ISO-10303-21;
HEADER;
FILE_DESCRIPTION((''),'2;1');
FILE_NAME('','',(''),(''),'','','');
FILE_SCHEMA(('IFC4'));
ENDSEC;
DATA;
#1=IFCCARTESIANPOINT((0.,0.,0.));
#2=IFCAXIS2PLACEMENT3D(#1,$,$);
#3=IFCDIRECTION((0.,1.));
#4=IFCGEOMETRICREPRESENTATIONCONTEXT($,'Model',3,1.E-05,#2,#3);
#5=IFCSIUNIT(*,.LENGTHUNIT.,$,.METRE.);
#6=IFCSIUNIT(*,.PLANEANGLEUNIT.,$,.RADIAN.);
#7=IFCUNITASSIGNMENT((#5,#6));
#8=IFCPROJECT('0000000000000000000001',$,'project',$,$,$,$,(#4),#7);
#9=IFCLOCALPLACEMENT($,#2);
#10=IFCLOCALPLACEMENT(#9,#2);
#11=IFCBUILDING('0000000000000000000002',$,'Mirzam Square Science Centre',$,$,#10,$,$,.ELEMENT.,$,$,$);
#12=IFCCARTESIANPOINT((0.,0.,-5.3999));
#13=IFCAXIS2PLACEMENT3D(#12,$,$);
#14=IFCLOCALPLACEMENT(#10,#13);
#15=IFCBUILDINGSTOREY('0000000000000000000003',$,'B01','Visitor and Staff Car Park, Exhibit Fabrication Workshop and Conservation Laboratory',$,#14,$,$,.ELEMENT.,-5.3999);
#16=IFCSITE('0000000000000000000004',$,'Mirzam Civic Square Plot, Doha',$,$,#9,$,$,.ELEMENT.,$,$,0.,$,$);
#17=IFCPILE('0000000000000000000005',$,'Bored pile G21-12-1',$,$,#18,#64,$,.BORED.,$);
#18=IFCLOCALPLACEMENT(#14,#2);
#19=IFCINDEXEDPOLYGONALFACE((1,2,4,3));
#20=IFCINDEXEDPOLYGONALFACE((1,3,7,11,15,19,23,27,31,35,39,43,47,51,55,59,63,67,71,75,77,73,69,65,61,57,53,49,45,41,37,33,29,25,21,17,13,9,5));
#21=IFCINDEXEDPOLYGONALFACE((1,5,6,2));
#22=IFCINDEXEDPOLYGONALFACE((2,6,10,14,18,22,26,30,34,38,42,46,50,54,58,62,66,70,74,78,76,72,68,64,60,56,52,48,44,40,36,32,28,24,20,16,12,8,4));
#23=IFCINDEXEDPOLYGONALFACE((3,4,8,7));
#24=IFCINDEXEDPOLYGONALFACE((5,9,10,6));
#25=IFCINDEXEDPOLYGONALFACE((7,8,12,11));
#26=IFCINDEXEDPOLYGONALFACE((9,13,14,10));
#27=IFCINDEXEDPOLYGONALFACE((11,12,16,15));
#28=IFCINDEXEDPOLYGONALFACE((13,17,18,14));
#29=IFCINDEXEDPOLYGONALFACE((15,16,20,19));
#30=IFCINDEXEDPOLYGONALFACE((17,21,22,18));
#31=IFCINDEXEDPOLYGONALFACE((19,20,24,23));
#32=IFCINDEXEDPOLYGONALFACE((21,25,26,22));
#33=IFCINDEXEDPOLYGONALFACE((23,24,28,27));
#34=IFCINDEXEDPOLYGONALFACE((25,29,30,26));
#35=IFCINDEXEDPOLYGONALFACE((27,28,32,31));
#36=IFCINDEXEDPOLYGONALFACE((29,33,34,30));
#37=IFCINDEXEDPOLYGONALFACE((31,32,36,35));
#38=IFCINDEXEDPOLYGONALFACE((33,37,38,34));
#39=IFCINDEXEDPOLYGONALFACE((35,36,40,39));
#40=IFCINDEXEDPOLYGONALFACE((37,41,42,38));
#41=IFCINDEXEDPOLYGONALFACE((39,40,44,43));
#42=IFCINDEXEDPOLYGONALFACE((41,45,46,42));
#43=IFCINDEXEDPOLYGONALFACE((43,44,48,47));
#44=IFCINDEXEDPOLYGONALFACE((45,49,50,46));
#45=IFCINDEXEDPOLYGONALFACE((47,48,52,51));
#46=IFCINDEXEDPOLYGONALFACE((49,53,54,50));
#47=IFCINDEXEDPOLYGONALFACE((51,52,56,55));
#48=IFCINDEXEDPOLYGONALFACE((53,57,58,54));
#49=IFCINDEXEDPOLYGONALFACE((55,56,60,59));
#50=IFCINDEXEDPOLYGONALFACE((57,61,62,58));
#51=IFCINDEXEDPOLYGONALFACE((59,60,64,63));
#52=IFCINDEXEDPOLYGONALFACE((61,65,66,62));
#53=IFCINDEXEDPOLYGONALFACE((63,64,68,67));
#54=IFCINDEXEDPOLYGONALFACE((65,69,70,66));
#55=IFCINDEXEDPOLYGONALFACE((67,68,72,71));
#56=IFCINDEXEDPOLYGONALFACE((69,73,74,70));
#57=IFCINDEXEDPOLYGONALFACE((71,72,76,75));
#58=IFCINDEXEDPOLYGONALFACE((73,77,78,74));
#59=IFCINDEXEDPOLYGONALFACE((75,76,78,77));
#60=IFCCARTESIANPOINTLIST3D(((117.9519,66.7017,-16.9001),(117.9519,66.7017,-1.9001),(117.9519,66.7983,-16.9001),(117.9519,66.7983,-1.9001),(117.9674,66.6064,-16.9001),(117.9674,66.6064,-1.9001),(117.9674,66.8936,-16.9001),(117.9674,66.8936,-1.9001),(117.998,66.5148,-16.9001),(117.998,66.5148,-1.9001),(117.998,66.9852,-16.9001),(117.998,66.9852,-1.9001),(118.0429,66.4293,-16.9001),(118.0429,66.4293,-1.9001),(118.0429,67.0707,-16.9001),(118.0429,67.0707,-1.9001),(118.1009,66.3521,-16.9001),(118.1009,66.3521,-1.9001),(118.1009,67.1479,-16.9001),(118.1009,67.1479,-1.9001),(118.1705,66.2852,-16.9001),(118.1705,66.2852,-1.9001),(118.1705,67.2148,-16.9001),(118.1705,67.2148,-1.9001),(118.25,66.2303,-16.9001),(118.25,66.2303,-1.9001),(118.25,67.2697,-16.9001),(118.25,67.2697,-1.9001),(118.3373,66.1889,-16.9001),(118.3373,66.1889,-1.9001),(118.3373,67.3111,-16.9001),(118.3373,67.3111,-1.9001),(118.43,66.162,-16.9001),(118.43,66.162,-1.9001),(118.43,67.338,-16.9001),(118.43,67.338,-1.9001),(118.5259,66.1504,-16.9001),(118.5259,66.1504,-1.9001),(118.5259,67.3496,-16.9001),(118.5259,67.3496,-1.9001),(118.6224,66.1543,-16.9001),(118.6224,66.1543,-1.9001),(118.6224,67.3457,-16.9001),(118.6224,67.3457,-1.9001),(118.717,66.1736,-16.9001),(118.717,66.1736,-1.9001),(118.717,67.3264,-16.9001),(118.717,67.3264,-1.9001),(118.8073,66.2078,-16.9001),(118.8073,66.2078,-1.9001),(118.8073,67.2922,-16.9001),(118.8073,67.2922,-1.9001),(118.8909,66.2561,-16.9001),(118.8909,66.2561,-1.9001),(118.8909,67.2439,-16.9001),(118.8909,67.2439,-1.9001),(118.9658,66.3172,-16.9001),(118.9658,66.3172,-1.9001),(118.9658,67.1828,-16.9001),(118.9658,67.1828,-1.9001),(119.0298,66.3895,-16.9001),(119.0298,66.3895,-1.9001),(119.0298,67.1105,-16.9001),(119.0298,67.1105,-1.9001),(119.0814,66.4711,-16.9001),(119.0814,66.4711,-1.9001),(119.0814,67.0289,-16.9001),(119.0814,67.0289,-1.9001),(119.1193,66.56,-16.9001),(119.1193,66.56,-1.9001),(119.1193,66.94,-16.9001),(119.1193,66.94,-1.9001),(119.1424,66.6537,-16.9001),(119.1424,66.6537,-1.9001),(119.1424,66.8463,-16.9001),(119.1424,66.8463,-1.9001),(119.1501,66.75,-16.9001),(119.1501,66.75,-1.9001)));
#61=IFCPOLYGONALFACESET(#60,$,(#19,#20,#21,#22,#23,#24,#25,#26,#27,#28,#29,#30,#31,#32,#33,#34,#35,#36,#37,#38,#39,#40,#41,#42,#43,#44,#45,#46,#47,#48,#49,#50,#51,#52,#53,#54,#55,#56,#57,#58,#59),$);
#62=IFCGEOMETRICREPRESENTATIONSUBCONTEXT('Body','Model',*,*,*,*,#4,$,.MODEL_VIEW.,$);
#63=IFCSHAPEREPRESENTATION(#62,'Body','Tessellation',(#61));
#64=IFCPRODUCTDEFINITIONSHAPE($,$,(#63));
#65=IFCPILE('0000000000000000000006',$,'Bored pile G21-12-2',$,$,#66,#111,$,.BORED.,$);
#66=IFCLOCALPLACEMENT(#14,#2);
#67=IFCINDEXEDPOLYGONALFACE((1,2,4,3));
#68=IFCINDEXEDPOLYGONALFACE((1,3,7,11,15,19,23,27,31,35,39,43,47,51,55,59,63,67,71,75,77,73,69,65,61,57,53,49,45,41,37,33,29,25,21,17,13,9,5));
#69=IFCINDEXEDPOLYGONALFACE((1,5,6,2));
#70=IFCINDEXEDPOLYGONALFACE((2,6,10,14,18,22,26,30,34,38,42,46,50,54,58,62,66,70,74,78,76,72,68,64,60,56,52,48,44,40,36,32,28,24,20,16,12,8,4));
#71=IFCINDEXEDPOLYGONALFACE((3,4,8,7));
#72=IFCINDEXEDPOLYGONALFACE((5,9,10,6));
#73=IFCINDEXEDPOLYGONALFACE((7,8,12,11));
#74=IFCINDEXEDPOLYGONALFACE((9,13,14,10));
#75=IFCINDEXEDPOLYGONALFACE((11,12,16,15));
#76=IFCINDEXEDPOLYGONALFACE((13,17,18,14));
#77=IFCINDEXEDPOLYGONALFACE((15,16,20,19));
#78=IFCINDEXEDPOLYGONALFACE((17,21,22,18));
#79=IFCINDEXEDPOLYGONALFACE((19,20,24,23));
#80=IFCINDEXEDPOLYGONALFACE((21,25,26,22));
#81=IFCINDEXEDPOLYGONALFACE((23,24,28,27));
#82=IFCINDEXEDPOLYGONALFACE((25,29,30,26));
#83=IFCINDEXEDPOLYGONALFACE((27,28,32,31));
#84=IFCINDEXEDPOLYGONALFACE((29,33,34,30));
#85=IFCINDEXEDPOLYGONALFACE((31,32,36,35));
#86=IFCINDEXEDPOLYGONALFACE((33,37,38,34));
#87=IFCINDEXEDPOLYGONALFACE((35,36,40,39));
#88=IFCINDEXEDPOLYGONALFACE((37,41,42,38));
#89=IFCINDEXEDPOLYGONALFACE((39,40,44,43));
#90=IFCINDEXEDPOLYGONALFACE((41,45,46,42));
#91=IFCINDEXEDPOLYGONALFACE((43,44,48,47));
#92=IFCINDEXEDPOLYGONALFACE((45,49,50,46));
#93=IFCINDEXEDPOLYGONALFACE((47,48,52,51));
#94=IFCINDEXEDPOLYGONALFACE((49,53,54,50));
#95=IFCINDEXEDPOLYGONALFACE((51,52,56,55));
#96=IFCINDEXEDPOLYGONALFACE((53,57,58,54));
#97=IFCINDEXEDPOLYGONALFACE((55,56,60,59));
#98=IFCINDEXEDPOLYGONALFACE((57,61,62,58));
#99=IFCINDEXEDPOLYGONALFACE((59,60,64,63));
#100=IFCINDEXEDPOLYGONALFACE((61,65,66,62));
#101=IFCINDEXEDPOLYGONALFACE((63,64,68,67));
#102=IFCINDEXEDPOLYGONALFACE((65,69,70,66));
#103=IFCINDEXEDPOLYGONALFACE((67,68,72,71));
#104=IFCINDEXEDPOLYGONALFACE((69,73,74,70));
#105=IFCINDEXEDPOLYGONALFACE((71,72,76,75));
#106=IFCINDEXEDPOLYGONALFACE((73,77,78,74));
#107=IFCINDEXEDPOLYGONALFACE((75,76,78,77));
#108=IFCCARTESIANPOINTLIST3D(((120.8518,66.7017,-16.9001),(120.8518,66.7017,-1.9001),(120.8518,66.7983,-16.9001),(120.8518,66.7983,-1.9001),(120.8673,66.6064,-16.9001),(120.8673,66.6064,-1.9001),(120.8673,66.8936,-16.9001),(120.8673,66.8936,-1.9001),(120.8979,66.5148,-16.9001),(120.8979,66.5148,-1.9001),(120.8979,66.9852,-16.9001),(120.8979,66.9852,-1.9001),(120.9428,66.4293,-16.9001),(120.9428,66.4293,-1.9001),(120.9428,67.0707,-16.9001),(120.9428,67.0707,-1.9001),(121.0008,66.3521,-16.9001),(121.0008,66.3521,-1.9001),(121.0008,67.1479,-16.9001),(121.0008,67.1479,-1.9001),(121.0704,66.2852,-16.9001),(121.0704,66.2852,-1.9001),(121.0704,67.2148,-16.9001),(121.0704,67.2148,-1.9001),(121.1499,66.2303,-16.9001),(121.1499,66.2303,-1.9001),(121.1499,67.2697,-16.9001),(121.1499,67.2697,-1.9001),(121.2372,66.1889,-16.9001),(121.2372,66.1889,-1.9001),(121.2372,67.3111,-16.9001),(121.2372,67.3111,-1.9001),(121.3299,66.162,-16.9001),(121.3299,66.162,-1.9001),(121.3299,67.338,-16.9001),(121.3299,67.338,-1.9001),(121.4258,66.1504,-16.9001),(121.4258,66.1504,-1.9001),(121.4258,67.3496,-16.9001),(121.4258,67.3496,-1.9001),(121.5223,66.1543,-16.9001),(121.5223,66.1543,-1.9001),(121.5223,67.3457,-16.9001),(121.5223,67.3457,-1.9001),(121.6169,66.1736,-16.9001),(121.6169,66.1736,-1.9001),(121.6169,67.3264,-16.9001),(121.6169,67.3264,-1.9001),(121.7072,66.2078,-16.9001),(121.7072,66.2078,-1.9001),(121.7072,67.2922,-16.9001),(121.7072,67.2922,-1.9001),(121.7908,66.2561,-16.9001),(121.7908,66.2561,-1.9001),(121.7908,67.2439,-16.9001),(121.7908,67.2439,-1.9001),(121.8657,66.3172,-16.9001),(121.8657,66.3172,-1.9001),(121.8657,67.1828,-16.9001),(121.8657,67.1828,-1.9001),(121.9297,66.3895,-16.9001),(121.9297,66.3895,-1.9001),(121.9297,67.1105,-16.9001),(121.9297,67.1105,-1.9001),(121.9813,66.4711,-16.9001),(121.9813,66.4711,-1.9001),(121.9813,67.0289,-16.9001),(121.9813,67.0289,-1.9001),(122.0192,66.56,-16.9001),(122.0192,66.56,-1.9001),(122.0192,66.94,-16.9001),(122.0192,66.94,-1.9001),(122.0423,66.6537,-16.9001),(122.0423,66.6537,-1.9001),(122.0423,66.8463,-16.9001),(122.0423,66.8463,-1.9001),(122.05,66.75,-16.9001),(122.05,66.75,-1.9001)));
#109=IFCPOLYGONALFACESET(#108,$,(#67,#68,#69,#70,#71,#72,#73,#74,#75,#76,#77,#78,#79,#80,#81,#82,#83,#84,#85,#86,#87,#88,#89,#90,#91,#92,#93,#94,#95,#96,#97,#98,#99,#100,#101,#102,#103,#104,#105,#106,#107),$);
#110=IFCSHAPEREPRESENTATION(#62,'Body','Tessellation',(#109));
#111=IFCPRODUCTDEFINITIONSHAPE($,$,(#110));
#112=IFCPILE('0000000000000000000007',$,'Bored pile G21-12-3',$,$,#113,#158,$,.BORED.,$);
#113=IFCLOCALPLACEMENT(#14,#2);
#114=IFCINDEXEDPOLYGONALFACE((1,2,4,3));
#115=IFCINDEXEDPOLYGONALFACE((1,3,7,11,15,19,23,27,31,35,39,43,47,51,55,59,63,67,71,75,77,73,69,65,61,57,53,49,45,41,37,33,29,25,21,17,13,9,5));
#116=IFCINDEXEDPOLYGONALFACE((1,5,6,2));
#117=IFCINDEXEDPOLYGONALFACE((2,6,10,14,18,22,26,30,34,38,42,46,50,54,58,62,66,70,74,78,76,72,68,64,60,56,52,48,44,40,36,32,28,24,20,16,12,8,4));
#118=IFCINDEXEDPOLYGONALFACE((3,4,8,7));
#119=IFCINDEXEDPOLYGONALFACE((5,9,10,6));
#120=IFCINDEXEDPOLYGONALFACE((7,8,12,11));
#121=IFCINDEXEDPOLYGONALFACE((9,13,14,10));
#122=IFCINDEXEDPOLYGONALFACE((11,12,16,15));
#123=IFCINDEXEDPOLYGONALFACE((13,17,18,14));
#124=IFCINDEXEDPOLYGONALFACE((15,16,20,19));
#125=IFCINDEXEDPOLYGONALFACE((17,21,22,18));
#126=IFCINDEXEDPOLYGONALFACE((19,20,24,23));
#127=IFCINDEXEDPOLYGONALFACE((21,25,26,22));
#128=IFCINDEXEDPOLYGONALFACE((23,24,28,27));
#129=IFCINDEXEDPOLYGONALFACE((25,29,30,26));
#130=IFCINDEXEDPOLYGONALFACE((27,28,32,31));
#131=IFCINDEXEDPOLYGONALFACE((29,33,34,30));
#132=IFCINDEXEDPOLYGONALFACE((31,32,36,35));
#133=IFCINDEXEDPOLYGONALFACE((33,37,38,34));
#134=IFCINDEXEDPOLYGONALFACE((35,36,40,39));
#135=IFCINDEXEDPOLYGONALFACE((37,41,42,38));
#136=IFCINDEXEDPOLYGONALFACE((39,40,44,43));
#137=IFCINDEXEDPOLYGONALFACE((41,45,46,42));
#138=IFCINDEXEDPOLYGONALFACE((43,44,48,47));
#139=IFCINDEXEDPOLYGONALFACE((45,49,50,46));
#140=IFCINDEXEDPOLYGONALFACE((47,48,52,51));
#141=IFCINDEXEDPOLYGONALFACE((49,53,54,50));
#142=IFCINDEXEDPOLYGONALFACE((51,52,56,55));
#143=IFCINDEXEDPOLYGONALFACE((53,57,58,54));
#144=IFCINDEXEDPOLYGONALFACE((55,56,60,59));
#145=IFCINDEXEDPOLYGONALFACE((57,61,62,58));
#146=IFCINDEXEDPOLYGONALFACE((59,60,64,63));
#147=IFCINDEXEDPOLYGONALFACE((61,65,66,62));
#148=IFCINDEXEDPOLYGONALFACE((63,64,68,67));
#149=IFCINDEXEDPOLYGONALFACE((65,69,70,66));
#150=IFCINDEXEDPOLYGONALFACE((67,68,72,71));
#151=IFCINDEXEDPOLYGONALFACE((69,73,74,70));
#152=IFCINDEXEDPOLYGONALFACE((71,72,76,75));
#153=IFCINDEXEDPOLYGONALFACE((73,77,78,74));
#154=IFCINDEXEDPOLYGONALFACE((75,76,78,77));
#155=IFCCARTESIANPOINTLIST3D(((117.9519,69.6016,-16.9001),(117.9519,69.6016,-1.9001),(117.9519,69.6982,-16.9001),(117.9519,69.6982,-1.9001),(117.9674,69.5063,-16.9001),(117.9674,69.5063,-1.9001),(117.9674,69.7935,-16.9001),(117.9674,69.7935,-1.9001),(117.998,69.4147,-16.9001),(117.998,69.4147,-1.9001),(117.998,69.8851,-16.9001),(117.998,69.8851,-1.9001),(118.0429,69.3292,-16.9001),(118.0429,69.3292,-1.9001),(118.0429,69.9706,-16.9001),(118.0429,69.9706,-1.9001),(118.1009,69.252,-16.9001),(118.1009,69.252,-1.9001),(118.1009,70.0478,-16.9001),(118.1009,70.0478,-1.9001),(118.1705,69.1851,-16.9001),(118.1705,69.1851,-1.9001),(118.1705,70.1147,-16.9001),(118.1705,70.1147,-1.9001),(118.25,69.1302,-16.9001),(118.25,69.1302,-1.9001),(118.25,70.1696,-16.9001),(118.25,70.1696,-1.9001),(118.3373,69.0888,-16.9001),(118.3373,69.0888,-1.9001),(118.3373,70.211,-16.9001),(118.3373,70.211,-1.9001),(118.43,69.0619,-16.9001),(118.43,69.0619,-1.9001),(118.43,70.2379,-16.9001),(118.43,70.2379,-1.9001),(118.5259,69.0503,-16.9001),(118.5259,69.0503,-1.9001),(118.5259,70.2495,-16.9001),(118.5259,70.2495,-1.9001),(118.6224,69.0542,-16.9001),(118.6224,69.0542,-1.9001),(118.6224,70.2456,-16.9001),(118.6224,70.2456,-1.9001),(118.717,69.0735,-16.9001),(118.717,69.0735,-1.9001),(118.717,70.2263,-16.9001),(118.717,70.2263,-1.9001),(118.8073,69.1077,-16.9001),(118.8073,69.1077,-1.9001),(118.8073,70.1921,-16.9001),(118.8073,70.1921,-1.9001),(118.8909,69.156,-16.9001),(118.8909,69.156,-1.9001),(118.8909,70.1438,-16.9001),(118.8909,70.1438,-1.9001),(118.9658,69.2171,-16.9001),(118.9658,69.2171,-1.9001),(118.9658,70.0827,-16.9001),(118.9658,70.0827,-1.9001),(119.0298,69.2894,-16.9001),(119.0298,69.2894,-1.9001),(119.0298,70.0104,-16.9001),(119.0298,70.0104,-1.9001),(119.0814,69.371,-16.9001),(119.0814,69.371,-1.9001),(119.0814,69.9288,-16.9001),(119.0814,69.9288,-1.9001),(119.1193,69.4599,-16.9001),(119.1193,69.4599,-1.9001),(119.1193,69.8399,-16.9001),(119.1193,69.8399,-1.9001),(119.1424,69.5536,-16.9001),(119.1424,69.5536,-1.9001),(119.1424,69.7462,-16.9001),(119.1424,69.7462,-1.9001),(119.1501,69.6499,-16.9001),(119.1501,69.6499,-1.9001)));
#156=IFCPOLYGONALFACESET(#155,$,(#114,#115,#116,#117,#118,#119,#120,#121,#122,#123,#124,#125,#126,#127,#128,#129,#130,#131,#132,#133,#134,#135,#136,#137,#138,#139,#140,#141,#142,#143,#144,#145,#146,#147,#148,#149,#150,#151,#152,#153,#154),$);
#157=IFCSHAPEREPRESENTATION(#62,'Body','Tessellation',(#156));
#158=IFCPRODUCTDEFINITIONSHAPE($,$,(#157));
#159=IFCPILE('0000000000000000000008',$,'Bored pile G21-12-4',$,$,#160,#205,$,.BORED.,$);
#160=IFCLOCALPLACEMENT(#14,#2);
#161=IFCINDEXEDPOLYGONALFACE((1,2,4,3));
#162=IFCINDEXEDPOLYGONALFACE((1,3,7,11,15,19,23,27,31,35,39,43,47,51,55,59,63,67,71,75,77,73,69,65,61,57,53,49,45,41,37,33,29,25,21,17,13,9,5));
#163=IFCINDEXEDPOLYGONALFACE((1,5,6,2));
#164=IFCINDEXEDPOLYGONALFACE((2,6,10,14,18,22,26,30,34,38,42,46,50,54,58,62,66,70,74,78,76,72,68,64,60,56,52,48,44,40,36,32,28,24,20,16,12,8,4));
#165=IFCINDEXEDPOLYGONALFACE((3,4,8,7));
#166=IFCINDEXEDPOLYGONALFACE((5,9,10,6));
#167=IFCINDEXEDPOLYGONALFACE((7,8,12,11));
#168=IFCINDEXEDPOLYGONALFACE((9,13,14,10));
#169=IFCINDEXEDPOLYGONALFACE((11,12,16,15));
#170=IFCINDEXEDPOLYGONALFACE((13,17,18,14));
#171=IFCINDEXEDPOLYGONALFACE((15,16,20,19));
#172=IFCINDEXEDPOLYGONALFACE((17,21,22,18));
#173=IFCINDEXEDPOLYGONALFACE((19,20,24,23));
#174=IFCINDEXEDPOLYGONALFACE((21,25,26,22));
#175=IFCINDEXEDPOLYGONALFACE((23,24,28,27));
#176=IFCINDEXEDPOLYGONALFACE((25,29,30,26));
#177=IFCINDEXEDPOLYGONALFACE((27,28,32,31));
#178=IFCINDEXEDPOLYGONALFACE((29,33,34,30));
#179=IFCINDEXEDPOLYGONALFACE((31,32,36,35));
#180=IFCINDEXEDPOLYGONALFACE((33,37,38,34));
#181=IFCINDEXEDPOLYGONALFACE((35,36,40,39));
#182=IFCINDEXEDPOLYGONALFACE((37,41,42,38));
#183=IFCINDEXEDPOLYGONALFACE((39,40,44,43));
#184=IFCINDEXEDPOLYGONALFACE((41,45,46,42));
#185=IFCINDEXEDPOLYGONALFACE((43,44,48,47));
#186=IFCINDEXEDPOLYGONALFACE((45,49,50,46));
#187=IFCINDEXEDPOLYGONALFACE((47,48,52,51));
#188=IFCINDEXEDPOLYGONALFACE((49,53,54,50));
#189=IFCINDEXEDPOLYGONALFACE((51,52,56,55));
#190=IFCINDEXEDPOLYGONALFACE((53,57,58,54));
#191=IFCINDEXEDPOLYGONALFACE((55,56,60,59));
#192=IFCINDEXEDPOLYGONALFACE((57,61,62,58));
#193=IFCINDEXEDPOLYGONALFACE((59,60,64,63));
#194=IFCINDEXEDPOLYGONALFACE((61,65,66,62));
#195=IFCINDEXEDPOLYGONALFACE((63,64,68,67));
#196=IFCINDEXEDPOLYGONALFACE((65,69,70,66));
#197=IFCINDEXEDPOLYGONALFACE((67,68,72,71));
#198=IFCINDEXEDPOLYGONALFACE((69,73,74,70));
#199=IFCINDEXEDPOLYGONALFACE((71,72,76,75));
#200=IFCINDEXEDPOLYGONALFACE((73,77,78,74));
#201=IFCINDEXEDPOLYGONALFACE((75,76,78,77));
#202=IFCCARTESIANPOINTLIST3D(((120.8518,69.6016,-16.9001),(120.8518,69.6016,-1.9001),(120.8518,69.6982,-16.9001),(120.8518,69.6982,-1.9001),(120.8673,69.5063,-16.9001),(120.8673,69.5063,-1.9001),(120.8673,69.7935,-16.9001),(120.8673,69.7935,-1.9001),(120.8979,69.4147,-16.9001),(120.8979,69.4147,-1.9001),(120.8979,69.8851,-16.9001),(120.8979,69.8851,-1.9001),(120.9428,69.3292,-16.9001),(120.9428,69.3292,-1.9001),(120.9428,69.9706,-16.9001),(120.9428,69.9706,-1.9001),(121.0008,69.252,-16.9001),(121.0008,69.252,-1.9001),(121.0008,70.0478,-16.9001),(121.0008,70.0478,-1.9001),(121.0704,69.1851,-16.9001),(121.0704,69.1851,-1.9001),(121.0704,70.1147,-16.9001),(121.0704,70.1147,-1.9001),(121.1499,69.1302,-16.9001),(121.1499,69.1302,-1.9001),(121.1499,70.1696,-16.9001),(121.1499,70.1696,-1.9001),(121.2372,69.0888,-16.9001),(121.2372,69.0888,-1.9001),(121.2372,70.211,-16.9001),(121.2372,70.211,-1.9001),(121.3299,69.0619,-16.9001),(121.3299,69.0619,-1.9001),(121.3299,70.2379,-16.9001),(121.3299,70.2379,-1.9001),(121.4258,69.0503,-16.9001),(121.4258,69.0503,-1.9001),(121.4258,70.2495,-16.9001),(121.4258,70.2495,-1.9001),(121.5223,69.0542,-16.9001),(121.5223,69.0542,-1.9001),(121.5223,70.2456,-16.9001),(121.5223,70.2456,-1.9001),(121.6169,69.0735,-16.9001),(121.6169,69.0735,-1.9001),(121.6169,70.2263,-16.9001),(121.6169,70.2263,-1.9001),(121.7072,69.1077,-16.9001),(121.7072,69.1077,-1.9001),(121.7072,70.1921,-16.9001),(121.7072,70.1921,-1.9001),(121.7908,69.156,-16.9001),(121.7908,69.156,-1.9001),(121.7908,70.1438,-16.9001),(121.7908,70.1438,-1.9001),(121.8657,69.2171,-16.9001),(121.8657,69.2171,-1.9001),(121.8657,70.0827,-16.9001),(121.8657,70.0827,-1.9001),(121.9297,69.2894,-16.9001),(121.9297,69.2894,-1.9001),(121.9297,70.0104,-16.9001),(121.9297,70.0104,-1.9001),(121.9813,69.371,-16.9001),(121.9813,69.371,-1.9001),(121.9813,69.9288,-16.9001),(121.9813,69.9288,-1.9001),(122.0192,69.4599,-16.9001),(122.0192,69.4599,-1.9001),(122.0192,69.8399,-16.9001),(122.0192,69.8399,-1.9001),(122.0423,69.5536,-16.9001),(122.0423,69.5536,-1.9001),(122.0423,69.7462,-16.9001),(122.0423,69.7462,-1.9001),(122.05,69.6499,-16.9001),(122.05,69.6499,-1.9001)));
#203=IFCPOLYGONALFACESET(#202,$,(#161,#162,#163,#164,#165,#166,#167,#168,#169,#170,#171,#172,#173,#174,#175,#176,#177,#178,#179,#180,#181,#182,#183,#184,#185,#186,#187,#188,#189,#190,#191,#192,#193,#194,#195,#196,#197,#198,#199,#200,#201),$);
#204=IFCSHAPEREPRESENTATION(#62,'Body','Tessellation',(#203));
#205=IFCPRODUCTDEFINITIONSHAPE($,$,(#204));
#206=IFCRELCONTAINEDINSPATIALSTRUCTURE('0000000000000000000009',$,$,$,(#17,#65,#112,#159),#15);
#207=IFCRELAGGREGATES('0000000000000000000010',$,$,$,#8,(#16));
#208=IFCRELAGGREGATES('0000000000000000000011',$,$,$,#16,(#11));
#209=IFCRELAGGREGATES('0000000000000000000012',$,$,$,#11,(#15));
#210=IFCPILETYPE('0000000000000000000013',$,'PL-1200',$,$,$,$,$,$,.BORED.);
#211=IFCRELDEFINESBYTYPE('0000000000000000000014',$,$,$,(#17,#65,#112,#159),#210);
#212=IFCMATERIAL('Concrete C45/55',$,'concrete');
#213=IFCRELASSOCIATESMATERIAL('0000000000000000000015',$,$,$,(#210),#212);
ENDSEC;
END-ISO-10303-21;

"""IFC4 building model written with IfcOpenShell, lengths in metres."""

from ifc_helpers import new_model, si_unit, direction, frame, origin, origin_2d, place, context, subcontext, project, spatial, circle, extrude, material, material_profile, profile_set, type_object, element, save


model = new_model("IFC4")

# Units and contexts
model_context = context("Model", 3, precision=1e-05, world=origin(), true_north=direction((0.0, 1.0)))
body_context = subcontext(model_context, "Body", "Model", "MODEL_VIEW")
ifc_project = project(units=[si_unit("LENGTHUNIT", "METRE"), si_unit("PLANEANGLEUNIT", "RADIAN")], contexts=[model_context])

# Site, building, storey
site_placement = place(None, origin())
site = spatial("IfcSite", under=ifc_project, at=site_placement, Name="Mirzam Civic Square Plot, Doha", CompositionType="ELEMENT", RefElevation=0.0)
building_placement = place(site_placement, origin())
building = spatial("IfcBuilding", under=site, at=building_placement, Name="Mirzam Square Science Centre", CompositionType="ELEMENT")
storey_placement = place(building_placement, frame((0.0, 0.0, -5.3999)))
storey = spatial("IfcBuildingStorey", under=building, at=storey_placement, Name="B01", Description="Visitor and Staff Car Park, Exhibit Fabrication Workshop and Conservation Laboratory", CompositionType="ELEMENT", Elevation=-5.3999)

# Shared definitions
ifc_material_1 = material(Name="Concrete C45/55", Category="concrete")

# Piles
ifc_material_profile_1 = material_profile(ifc_material_1, circle(Radius=0.6001, at=origin_2d()), Name="PILE-D1200")
ifc_profile_set_1 = profile_set([ifc_material_profile_1], Name="Concrete C45/55")
pile_type_1 = type_object("IfcPileType", Name="PL-1200", PredefinedType="BORED", material=ifc_profile_set_1)
for number, where, z_axis, x_axis, name in (
    (1, (118.55, 66.75, -1.9001), (0.0, 0.0, -1.0), (1.0, 0.0, 0.0), "Bored pile G21-12-1"),
    (2, (121.45, 66.75, -1.9001), (0.0, 0.0, -1.0), (1.0, 0.0, 0.0), "Bored pile G21-12-2"),
    (3, (118.55, 69.6499, -1.9001), (0.0, 0.0, -1.0), (1.0, 0.0, 0.0), "Bored pile G21-12-3"),
    (4, (121.45, 69.6499, -1.9001), (0.0, 0.0, -1.0), (1.0, 0.0, 0.0), "Bored pile G21-12-4"),
):
    element("IfcPile", number, at=place(storey_placement, frame(where, z_axis=z_axis, x_axis=x_axis)), inside=storey, type_object=pile_type_1, Name=name, PredefinedType="BORED", context=body_context, shape_type="SweptSolid", body=[
        extrude(circle(Radius=0.6001, at=origin_2d()), origin(), (0.0, 0.0, 1.0), 15.0),
    ])

save(model, "model.ifc")
